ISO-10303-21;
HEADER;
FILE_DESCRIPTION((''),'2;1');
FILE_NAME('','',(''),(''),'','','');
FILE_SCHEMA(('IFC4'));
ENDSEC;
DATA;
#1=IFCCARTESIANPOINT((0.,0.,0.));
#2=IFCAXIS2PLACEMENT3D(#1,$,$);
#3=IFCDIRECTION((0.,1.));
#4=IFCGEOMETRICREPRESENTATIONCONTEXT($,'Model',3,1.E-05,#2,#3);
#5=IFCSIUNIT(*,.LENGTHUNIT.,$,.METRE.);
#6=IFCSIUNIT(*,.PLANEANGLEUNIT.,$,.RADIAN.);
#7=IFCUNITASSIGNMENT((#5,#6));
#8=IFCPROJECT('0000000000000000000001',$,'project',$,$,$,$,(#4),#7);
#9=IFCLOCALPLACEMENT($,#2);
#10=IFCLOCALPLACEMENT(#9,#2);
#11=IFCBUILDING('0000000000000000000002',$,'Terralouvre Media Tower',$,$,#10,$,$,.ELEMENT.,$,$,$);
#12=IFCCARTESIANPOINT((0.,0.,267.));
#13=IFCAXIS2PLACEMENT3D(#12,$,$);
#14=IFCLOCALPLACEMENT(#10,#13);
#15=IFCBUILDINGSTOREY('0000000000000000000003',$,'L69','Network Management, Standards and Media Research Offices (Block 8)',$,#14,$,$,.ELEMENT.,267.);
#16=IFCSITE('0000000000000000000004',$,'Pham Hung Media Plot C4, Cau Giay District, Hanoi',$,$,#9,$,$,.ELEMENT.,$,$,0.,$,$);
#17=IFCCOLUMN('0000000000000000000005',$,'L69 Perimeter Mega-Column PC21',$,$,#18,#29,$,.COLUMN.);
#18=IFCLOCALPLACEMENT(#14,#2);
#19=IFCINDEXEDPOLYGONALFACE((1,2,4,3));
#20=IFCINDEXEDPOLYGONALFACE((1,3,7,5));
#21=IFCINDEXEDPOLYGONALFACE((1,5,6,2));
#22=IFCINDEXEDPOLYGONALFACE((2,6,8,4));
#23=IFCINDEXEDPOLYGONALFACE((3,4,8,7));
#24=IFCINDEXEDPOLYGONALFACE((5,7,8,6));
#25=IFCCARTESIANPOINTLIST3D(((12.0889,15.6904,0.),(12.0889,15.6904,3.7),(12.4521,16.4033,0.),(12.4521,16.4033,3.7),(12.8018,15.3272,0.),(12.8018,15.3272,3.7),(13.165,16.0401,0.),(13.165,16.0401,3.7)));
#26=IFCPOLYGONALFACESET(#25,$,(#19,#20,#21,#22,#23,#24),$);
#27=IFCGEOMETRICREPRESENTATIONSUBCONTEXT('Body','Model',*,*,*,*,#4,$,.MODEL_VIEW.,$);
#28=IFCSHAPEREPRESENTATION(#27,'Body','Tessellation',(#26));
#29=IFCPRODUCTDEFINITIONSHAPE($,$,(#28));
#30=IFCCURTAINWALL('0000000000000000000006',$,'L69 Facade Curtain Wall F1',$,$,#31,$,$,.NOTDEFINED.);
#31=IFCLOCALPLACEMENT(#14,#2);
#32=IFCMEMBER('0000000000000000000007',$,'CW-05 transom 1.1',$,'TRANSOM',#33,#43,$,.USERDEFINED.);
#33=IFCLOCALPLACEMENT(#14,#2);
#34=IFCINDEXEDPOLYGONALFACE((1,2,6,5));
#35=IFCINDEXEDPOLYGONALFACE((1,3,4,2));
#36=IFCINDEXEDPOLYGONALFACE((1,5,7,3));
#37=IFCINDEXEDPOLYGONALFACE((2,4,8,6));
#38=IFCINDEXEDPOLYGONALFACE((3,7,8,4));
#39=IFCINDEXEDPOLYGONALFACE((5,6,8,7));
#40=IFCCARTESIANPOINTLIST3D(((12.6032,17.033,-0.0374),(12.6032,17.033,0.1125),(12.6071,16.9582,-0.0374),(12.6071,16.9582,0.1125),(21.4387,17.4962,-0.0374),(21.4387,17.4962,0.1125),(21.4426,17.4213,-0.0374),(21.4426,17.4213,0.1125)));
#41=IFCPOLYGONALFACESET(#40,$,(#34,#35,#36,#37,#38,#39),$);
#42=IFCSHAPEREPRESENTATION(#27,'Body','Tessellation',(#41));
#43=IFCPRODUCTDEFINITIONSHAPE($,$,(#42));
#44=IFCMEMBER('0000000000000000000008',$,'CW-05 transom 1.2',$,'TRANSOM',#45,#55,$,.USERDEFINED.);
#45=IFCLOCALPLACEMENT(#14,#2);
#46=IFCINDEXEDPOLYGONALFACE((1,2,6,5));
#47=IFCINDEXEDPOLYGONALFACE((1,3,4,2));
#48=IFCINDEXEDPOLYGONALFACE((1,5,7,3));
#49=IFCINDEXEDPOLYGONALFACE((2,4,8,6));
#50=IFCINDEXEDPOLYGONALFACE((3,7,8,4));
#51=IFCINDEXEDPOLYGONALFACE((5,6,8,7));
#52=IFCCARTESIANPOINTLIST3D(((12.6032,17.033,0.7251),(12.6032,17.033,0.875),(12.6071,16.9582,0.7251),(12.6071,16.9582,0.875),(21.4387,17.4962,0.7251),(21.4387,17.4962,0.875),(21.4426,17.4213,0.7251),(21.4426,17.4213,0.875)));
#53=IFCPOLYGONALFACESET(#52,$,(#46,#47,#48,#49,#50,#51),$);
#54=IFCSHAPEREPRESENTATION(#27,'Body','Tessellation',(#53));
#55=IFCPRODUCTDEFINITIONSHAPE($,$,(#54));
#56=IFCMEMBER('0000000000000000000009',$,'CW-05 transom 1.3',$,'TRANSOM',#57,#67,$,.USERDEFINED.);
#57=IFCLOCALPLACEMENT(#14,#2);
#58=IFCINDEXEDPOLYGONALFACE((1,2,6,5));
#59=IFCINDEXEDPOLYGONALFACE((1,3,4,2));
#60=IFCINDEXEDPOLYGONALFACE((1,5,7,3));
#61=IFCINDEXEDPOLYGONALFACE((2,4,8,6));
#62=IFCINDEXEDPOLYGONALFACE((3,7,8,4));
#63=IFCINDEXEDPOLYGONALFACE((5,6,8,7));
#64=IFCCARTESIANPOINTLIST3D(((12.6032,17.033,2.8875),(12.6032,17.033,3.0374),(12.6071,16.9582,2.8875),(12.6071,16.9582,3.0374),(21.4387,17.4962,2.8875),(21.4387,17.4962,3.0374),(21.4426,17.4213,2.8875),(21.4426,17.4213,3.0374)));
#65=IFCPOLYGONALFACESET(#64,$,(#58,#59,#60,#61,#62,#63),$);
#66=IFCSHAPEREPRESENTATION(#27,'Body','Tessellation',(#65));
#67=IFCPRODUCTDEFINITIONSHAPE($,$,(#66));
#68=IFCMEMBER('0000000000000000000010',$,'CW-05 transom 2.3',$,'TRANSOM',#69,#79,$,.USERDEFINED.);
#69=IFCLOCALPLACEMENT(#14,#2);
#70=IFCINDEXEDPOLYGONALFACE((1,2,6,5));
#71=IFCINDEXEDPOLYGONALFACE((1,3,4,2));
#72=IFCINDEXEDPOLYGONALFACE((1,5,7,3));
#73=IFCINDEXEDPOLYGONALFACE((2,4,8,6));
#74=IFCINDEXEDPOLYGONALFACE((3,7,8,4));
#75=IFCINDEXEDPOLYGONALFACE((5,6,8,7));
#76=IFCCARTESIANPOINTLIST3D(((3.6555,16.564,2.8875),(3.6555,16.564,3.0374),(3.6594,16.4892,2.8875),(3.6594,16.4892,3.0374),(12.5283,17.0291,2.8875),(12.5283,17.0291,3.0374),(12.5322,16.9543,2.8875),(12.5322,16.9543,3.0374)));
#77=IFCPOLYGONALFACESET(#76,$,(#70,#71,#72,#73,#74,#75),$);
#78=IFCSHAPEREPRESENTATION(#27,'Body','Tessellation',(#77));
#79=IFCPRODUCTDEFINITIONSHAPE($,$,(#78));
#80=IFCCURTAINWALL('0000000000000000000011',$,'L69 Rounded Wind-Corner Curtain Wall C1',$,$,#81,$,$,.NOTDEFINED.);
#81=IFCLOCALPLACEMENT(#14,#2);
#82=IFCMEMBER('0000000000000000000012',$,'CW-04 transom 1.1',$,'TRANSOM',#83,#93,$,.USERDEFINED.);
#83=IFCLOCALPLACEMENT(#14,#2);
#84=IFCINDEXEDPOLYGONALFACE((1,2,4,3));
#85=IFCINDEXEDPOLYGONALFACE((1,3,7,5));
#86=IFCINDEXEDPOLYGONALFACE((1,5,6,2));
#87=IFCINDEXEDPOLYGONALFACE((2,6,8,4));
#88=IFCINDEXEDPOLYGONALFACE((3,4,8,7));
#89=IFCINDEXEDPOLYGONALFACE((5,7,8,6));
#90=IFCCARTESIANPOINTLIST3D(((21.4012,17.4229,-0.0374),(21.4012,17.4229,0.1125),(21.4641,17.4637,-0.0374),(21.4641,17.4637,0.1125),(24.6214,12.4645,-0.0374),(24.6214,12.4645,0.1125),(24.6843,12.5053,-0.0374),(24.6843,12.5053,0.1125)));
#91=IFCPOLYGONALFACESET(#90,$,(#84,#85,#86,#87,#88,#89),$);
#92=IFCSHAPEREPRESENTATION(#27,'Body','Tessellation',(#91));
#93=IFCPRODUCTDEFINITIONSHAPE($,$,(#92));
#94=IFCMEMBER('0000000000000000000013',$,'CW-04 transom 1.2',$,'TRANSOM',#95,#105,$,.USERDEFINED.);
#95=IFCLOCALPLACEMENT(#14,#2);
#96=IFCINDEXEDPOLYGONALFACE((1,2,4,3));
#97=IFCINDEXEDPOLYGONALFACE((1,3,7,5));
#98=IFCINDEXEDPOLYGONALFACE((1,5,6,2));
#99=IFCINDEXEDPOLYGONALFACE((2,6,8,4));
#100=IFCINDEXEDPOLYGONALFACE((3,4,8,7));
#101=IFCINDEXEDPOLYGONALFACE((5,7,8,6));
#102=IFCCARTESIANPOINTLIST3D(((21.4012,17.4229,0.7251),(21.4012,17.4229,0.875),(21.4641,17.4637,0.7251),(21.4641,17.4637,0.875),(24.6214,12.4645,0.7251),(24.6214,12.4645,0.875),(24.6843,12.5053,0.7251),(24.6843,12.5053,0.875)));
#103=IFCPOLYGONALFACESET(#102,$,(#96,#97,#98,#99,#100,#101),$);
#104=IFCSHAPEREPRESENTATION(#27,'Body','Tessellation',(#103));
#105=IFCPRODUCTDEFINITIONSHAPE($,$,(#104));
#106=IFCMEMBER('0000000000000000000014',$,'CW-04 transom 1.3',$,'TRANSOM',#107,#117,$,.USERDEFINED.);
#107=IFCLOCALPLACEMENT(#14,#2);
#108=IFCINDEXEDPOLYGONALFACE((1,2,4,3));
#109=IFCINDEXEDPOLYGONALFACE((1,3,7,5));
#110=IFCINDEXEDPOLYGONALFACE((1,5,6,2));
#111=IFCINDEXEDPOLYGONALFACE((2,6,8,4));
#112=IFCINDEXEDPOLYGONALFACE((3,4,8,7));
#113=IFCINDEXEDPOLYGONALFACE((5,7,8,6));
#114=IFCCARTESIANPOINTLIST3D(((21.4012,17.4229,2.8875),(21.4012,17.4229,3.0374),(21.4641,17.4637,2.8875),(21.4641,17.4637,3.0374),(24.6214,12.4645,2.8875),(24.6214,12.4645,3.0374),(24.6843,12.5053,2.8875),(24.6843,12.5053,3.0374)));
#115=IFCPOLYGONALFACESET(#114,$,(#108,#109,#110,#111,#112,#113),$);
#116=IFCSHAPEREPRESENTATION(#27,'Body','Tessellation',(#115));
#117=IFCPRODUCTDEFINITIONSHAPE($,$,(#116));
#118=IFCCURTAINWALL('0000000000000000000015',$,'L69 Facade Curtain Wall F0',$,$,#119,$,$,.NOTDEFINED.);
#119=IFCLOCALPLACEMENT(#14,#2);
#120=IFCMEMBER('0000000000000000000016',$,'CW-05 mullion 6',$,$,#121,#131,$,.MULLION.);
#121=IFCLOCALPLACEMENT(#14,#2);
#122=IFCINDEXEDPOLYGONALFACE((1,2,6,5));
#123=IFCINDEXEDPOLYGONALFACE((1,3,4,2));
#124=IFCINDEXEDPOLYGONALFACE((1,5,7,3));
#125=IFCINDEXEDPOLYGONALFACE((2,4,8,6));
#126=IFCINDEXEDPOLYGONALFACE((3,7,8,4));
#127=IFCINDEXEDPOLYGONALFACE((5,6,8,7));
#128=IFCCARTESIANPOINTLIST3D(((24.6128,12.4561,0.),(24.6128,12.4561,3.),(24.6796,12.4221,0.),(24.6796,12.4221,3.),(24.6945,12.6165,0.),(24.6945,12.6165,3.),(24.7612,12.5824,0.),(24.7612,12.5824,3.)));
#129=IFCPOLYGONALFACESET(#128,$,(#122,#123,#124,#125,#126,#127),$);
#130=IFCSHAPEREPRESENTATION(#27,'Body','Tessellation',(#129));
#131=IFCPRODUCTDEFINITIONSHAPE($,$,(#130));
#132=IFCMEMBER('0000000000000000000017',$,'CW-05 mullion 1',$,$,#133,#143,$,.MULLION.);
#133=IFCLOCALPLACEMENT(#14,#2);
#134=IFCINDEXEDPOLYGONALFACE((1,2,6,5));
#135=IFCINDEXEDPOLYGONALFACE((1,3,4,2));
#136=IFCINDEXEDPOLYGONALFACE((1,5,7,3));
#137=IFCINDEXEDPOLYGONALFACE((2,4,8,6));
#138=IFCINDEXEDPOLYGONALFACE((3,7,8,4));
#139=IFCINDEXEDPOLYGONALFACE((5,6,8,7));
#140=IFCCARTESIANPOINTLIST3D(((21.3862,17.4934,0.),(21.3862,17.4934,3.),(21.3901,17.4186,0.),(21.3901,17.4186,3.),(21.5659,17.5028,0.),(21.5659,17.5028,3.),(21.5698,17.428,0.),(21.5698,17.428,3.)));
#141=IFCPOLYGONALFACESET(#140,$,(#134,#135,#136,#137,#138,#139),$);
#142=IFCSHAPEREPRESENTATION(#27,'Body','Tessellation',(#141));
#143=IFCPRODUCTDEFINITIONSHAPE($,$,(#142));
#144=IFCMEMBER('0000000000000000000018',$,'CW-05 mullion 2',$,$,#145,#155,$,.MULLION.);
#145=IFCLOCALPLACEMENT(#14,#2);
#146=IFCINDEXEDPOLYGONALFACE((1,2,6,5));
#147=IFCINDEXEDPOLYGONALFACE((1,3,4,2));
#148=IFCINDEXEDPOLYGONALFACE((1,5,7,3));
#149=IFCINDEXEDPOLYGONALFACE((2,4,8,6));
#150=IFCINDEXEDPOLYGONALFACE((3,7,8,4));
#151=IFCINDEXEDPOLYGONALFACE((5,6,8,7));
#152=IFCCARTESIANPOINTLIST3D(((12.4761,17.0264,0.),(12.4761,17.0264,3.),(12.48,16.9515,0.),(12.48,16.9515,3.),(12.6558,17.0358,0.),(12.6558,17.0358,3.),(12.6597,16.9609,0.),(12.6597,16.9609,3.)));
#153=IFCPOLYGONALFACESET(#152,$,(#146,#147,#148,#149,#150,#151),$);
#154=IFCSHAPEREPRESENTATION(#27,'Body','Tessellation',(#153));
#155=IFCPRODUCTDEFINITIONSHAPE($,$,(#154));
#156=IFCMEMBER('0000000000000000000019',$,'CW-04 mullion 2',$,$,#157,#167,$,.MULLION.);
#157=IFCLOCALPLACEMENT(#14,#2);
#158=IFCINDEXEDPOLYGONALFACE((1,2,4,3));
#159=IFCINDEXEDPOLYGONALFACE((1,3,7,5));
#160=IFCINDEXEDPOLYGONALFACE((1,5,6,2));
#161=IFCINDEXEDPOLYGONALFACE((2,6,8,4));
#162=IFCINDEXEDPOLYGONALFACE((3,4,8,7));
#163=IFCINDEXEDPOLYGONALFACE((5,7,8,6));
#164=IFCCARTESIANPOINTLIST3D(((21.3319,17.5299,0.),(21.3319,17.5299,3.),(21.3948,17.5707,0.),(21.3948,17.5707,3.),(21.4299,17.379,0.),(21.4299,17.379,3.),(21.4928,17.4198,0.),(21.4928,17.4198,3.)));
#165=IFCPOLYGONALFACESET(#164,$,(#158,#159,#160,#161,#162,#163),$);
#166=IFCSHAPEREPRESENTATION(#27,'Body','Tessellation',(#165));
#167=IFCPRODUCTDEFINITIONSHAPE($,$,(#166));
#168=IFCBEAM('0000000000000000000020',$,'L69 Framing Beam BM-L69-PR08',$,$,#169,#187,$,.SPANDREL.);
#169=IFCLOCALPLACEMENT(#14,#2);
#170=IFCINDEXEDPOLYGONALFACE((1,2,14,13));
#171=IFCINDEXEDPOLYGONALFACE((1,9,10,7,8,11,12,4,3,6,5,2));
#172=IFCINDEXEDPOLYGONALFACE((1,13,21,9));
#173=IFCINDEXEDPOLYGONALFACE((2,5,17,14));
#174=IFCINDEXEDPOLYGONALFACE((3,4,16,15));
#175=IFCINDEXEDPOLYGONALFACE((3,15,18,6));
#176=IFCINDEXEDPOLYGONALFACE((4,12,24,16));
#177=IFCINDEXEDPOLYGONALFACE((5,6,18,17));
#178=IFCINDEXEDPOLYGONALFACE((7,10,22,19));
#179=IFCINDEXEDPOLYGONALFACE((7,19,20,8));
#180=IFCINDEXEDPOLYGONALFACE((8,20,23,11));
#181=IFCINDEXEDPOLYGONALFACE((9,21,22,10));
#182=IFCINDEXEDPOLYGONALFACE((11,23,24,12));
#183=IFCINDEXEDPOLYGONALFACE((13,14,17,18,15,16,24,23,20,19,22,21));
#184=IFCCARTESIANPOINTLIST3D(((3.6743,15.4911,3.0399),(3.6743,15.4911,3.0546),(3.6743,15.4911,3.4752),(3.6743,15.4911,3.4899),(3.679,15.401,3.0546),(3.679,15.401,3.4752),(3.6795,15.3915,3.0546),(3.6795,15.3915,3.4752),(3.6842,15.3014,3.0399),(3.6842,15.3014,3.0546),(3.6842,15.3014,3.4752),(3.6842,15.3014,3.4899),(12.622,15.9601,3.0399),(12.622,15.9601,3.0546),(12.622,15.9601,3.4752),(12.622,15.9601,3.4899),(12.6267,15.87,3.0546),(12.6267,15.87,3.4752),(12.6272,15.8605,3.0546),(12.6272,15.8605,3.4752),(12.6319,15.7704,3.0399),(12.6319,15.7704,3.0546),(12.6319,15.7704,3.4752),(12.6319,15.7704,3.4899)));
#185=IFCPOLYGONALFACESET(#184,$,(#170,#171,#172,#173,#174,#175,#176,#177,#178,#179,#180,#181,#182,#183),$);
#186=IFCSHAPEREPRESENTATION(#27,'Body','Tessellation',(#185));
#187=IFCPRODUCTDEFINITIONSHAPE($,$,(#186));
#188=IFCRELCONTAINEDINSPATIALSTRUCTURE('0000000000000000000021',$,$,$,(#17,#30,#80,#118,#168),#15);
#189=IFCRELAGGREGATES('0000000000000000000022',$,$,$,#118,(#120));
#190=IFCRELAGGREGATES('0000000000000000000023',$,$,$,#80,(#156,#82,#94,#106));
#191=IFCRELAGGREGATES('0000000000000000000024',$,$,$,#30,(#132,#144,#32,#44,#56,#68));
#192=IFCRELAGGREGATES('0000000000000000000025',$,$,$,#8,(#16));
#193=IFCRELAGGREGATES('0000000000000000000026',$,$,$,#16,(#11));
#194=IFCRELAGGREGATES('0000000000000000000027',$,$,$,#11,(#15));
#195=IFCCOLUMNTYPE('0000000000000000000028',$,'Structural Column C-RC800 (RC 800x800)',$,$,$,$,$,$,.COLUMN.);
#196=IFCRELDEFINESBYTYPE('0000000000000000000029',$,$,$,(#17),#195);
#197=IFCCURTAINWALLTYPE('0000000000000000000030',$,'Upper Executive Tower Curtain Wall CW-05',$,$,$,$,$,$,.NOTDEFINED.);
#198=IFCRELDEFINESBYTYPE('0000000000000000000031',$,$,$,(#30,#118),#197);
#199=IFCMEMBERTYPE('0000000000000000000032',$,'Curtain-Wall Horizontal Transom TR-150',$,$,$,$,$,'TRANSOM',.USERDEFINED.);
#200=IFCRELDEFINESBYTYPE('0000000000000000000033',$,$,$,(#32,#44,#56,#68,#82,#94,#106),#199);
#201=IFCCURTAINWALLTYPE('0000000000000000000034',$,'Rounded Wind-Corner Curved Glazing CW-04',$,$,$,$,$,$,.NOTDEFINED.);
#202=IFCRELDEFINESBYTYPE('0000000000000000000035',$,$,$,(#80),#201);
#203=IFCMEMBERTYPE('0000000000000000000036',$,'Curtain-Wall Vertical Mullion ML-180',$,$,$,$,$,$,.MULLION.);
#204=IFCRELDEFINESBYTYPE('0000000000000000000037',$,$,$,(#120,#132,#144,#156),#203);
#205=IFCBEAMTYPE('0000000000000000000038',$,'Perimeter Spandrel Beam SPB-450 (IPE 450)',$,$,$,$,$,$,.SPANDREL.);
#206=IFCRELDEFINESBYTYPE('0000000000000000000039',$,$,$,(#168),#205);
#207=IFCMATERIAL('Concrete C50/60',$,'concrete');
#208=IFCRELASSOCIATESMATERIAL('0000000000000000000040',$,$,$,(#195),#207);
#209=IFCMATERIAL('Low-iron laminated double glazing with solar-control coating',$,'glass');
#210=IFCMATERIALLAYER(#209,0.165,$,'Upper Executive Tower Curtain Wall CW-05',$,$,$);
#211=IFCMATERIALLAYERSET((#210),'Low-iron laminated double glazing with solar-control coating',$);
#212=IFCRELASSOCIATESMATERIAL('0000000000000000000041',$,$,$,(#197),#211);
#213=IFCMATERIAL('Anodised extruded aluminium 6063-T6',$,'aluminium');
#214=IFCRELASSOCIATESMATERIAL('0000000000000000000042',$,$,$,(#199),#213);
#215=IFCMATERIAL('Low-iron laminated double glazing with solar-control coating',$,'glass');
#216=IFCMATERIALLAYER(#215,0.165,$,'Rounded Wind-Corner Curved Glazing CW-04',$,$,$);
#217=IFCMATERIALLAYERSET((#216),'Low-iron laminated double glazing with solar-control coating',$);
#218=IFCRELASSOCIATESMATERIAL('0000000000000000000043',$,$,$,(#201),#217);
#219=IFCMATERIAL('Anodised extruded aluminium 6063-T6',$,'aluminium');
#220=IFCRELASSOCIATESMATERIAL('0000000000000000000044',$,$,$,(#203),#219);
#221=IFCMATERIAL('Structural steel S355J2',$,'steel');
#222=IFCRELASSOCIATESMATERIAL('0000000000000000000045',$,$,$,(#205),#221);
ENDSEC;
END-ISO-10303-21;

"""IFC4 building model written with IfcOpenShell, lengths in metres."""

from ifc_helpers import new_model, si_unit, direction, frame, origin, origin_2d, place, context, subcontext, project, spatial, rectangle, i_section, extrude, material, layer, layer_set, material_profile, profile_set, type_object, element, aggregate, save


model = new_model("IFC4")

# Units and contexts
model_context = context("Model", 3, precision=1e-05, world=origin(), true_north=direction((0.0, 1.0)))
body_context = subcontext(model_context, "Body", "Model", "MODEL_VIEW")
ifc_project = project(units=[si_unit("LENGTHUNIT", "METRE"), si_unit("PLANEANGLEUNIT", "RADIAN")], contexts=[model_context])

# Site, building, storey
site_placement = place(None, origin())
site = spatial("IfcSite", under=ifc_project, at=site_placement, Name="Pham Hung Media Plot C4, Cau Giay District, Hanoi", CompositionType="ELEMENT", RefElevation=0.0)
building_placement = place(site_placement, origin())
building = spatial("IfcBuilding", under=site, at=building_placement, Name="Terralouvre Media Tower", CompositionType="ELEMENT")
storey_placement = place(building_placement, frame((0.0, 0.0, 267.0)))
storey = spatial("IfcBuildingStorey", under=building, at=storey_placement, Name="L69", Description="Network Management, Standards and Media Research Offices (Block 8)", CompositionType="ELEMENT", Elevation=267.0)

# Column
ifc_material_1 = material(Name="Concrete C50/60", Category="concrete")
ifc_material_profile_1 = material_profile(ifc_material_1, rectangle(XDim=0.8, YDim=0.8, at=origin_2d()), Name="RC 800x800")
ifc_profile_set_1 = profile_set([ifc_material_profile_1], Name="Concrete C50/60")
column_type = type_object("IfcColumnType", Name="Structural Column C-RC800 (RC 800x800)", PredefinedType="COLUMN", material=ifc_profile_set_1)
column_placement = place(storey_placement, frame((12.627, 15.8652, 0.0), z_axis=(0.0, 0.0, 1.0), x_axis=(0.45399, 0.891007, 0.0)))
element("IfcColumn", 1, at=column_placement, inside=storey, type_object=column_type, Name="L69 Perimeter Mega-Column PC21", PredefinedType="COLUMN", context=body_context, shape_type="SweptSolid", body=[
    extrude(rectangle(XDim=0.8, YDim=0.8, at=origin_2d()), origin(), (0.0, 0.0, 1.0), 3.7),
])

# Curtain walls, members
ifc_material_2 = material(Name="Low-iron laminated double glazing with solar-control coating", Category="glass")
ifc_layer_1 = layer(ifc_material_2, 0.165, Name="Upper Executive Tower Curtain Wall CW-05")
ifc_layer_set_1 = layer_set([ifc_layer_1], Name="Low-iron laminated double glazing with solar-control coating")
curtain_wall_type_1 = type_object("IfcCurtainWallType", Name="Upper Executive Tower Curtain Wall CW-05", PredefinedType="NOTDEFINED", material=ifc_layer_set_1)
curtain_wall_1_placement = place(storey_placement, origin())
curtain_wall_1 = element("IfcCurtainWall", 2, at=curtain_wall_1_placement, inside=storey, type_object=curtain_wall_type_1, Name="L69 Facade Curtain Wall F1", PredefinedType="NOTDEFINED")
ifc_material_3 = material(Name="Anodised extruded aluminium 6063-T6", Category="aluminium")
ifc_material_profile_2 = material_profile(ifc_material_3, rectangle(XDim=0.075, YDim=0.1499, at=origin_2d()), Name="ALU 75x150")
ifc_profile_set_2 = profile_set([ifc_material_profile_2], Name="Anodised extruded aluminium 6063-T6")
member_type_1 = type_object("IfcMemberType", Name="Curtain-Wall Horizontal Transom TR-150", ElementType="TRANSOM", PredefinedType="USERDEFINED", material=ifc_profile_set_2)
member_1_placement = place(storey_placement, frame((21.4407, 17.4587, 0.0376), z_axis=(-0.998629, -0.052346, 0.0), x_axis=(0.052346, -0.998629, 0.0)))
member_1 = element("IfcMember", 3, at=member_1_placement, type_object=member_type_1, Name="CW-05 transom 1.1", ObjectType="TRANSOM", PredefinedType="USERDEFINED", context=body_context, shape_type="SweptSolid", body=[
    extrude(rectangle(XDim=0.075, YDim=0.1499, at=origin_2d()), origin(), (0.0, 0.0, 1.0), 8.8477),
])
member_2_placement = place(storey_placement, frame((21.4407, 17.4587, 0.8), z_axis=(-0.998629, -0.052346, 0.0), x_axis=(0.052346, -0.998629, 0.0)))
member_2 = element("IfcMember", 4, at=member_2_placement, type_object=member_type_1, Name="CW-05 transom 1.2", ObjectType="TRANSOM", PredefinedType="USERDEFINED", context=body_context, shape_type="SweptSolid", body=[
    extrude(rectangle(XDim=0.075, YDim=0.1499, at=origin_2d()), origin(), (0.0, 0.0, 1.0), 8.8477),
])
member_3_placement = place(storey_placement, frame((21.4407, 17.4587, 2.9624), z_axis=(-0.998629, -0.052346, 0.0), x_axis=(0.052346, -0.998629, 0.0)))
member_3 = element("IfcMember", 5, at=member_3_placement, type_object=member_type_1, Name="CW-05 transom 1.3", ObjectType="TRANSOM", PredefinedType="USERDEFINED", context=body_context, shape_type="SweptSolid", body=[
    extrude(rectangle(XDim=0.075, YDim=0.1499, at=origin_2d()), origin(), (0.0, 0.0, 1.0), 8.8477),
])
member_4_placement = place(storey_placement, frame((12.5303, 16.9917, 2.9624), z_axis=(-0.998629, -0.052345, 0.0), x_axis=(0.052345, -0.998629, 0.0)))
member_4 = element("IfcMember", 6, at=member_4_placement, type_object=member_type_1, Name="CW-05 transom 2.3", ObjectType="TRANSOM", PredefinedType="USERDEFINED", context=body_context, shape_type="SweptSolid", body=[
    extrude(rectangle(XDim=0.075, YDim=0.1499, at=origin_2d()), origin(), (0.0, 0.0, 1.0), 8.885),
])
ifc_material_4 = material(Name="Low-iron laminated double glazing with solar-control coating", Category="glass")
ifc_layer_2 = layer(ifc_material_4, 0.165, Name="Rounded Wind-Corner Curved Glazing CW-04")
ifc_layer_set_2 = layer_set([ifc_layer_2], Name="Low-iron laminated double glazing with solar-control coating")
curtain_wall_type_2 = type_object("IfcCurtainWallType", Name="Rounded Wind-Corner Curved Glazing CW-04", PredefinedType="NOTDEFINED", material=ifc_layer_set_2)
curtain_wall_2_placement = place(storey_placement, origin())
curtain_wall_2 = element("IfcCurtainWall", 7, at=curtain_wall_2_placement, inside=storey, type_object=curtain_wall_type_2, Name="L69 Rounded Wind-Corner Curtain Wall C1", PredefinedType="NOTDEFINED")
member_5_placement = place(storey_placement, frame((24.6528, 12.4849, 0.0376), z_axis=(-0.544654, 0.838661, 0.0), x_axis=(-0.838661, -0.544654, 0.0)))
member_5 = element("IfcMember", 8, at=member_5_placement, type_object=member_type_1, Name="CW-04 transom 1.1", ObjectType="TRANSOM", PredefinedType="USERDEFINED", context=body_context, shape_type="SweptSolid", body=[
    extrude(rectangle(XDim=0.075, YDim=0.1499, at=origin_2d()), origin(), (0.0, 0.0, 1.0), 5.9124),
])
member_6_placement = place(storey_placement, frame((24.6528, 12.4849, 0.8), z_axis=(-0.544654, 0.838661, 0.0), x_axis=(-0.838661, -0.544654, 0.0)))
member_6 = element("IfcMember", 9, at=member_6_placement, type_object=member_type_1, Name="CW-04 transom 1.2", ObjectType="TRANSOM", PredefinedType="USERDEFINED", context=body_context, shape_type="SweptSolid", body=[
    extrude(rectangle(XDim=0.075, YDim=0.1499, at=origin_2d()), origin(), (0.0, 0.0, 1.0), 5.9124),
])
member_7_placement = place(storey_placement, frame((24.6528, 12.4849, 2.9624), z_axis=(-0.544654, 0.838661, 0.0), x_axis=(-0.838661, -0.544654, 0.0)))
member_7 = element("IfcMember", 10, at=member_7_placement, type_object=member_type_1, Name="CW-04 transom 1.3", ObjectType="TRANSOM", PredefinedType="USERDEFINED", context=body_context, shape_type="SweptSolid", body=[
    extrude(rectangle(XDim=0.075, YDim=0.1499, at=origin_2d()), origin(), (0.0, 0.0, 1.0), 5.9124),
])

# Curtain wall, member
curtain_wall_3_placement = place(storey_placement, origin())
curtain_wall_3 = element("IfcCurtainWall", 11, at=curtain_wall_3_placement, inside=storey, type_object=curtain_wall_type_1, Name="L69 Facade Curtain Wall F0", PredefinedType="NOTDEFINED")
ifc_material_5 = material(Name="Anodised extruded aluminium 6063-T6", Category="aluminium")
ifc_material_profile_3 = material_profile(ifc_material_5, rectangle(XDim=0.075, YDim=0.1799, at=origin_2d()), Name="ALU 75x180")
ifc_profile_set_3 = profile_set([ifc_material_profile_3], Name="Anodised extruded aluminium 6063-T6")
member_type_2 = type_object("IfcMemberType", Name="Curtain-Wall Vertical Mullion ML-180", PredefinedType="MULLION", material=ifc_profile_set_3)
member_8_placement = place(storey_placement, frame((24.687, 12.5193, 0.0), z_axis=(0.0, 0.0, 1.0), x_axis=(-0.891007, 0.45399, 0.0)))
member_8 = element("IfcMember", 12, at=member_8_placement, type_object=member_type_2, Name="CW-05 mullion 6", PredefinedType="MULLION", context=body_context, shape_type="SweptSolid", body=[
    extrude(rectangle(XDim=0.075, YDim=0.1799, at=origin_2d()), origin(), (0.0, 0.0, 1.0), 3.0),
])
aggregate(curtain_wall_3, [member_8])

# Members
member_9_placement = place(storey_placement, frame((21.478, 17.4607, 0.0), z_axis=(0.0, 0.0, 1.0), x_axis=(0.052336, -0.99863, 0.0)))
member_9 = element("IfcMember", 13, at=member_9_placement, type_object=member_type_2, Name="CW-05 mullion 1", PredefinedType="MULLION", context=body_context, shape_type="SweptSolid", body=[
    extrude(rectangle(XDim=0.075, YDim=0.1799, at=origin_2d()), origin(), (0.0, 0.0, 1.0), 3.0),
])
member_10_placement = place(storey_placement, frame((12.5679, 16.9937, 0.0), z_axis=(0.0, 0.0, 1.0), x_axis=(0.052336, -0.99863, 0.0)))
member_10 = element("IfcMember", 14, at=member_10_placement, type_object=member_type_2, Name="CW-05 mullion 2", PredefinedType="MULLION", context=body_context, shape_type="SweptSolid", body=[
    extrude(rectangle(XDim=0.075, YDim=0.1799, at=origin_2d()), origin(), (0.0, 0.0, 1.0), 3.0),
])
member_11_placement = place(storey_placement, frame((21.4124, 17.4749, 0.0), z_axis=(0.0, 0.0, 1.0), x_axis=(-0.83867, -0.544639, 0.0)))
member_11 = element("IfcMember", 15, at=member_11_placement, type_object=member_type_2, Name="CW-04 mullion 2", PredefinedType="MULLION", context=body_context, shape_type="SweptSolid", body=[
    extrude(rectangle(XDim=0.075, YDim=0.1799, at=origin_2d()), origin(), (0.0, 0.0, 1.0), 3.0),
])

# Beam
ifc_material_6 = material(Name="Structural steel S355J2", Category="steel")
ifc_material_profile_4 = material_profile(ifc_material_6, i_section(OverallWidth=0.1899, OverallDepth=0.45, WebThickness=0.0095, FlangeThickness=0.0146, at=origin_2d()), Name="IPE 450")
ifc_profile_set_4 = profile_set([ifc_material_profile_4], Name="Structural steel S355J2")
beam_type = type_object("IfcBeamType", Name="Perimeter Spandrel Beam SPB-450 (IPE 450)", PredefinedType="SPANDREL", material=ifc_profile_set_4)
beam_placement = place(storey_placement, frame((12.627, 15.8652, 3.2649), z_axis=(-0.998629, -0.052343, 0.0), x_axis=(0.052343, -0.998629, 0.0)))
element("IfcBeam", 16, at=beam_placement, inside=storey, type_object=beam_type, Name="L69 Framing Beam BM-L69-PR08", PredefinedType="SPANDREL", context=body_context, shape_type="SweptSolid", body=[
    extrude(i_section(OverallWidth=0.1899, OverallDepth=0.45, WebThickness=0.0095, FlangeThickness=0.0146, at=origin_2d()), origin(), (0.0, 0.0, 1.0), 8.96),
])

aggregate(curtain_wall_2, [member_11, member_5, member_6, member_7])
aggregate(curtain_wall_1, [member_9, member_10, member_1, member_2, member_3, member_4])

save(model, "model.ifc")
